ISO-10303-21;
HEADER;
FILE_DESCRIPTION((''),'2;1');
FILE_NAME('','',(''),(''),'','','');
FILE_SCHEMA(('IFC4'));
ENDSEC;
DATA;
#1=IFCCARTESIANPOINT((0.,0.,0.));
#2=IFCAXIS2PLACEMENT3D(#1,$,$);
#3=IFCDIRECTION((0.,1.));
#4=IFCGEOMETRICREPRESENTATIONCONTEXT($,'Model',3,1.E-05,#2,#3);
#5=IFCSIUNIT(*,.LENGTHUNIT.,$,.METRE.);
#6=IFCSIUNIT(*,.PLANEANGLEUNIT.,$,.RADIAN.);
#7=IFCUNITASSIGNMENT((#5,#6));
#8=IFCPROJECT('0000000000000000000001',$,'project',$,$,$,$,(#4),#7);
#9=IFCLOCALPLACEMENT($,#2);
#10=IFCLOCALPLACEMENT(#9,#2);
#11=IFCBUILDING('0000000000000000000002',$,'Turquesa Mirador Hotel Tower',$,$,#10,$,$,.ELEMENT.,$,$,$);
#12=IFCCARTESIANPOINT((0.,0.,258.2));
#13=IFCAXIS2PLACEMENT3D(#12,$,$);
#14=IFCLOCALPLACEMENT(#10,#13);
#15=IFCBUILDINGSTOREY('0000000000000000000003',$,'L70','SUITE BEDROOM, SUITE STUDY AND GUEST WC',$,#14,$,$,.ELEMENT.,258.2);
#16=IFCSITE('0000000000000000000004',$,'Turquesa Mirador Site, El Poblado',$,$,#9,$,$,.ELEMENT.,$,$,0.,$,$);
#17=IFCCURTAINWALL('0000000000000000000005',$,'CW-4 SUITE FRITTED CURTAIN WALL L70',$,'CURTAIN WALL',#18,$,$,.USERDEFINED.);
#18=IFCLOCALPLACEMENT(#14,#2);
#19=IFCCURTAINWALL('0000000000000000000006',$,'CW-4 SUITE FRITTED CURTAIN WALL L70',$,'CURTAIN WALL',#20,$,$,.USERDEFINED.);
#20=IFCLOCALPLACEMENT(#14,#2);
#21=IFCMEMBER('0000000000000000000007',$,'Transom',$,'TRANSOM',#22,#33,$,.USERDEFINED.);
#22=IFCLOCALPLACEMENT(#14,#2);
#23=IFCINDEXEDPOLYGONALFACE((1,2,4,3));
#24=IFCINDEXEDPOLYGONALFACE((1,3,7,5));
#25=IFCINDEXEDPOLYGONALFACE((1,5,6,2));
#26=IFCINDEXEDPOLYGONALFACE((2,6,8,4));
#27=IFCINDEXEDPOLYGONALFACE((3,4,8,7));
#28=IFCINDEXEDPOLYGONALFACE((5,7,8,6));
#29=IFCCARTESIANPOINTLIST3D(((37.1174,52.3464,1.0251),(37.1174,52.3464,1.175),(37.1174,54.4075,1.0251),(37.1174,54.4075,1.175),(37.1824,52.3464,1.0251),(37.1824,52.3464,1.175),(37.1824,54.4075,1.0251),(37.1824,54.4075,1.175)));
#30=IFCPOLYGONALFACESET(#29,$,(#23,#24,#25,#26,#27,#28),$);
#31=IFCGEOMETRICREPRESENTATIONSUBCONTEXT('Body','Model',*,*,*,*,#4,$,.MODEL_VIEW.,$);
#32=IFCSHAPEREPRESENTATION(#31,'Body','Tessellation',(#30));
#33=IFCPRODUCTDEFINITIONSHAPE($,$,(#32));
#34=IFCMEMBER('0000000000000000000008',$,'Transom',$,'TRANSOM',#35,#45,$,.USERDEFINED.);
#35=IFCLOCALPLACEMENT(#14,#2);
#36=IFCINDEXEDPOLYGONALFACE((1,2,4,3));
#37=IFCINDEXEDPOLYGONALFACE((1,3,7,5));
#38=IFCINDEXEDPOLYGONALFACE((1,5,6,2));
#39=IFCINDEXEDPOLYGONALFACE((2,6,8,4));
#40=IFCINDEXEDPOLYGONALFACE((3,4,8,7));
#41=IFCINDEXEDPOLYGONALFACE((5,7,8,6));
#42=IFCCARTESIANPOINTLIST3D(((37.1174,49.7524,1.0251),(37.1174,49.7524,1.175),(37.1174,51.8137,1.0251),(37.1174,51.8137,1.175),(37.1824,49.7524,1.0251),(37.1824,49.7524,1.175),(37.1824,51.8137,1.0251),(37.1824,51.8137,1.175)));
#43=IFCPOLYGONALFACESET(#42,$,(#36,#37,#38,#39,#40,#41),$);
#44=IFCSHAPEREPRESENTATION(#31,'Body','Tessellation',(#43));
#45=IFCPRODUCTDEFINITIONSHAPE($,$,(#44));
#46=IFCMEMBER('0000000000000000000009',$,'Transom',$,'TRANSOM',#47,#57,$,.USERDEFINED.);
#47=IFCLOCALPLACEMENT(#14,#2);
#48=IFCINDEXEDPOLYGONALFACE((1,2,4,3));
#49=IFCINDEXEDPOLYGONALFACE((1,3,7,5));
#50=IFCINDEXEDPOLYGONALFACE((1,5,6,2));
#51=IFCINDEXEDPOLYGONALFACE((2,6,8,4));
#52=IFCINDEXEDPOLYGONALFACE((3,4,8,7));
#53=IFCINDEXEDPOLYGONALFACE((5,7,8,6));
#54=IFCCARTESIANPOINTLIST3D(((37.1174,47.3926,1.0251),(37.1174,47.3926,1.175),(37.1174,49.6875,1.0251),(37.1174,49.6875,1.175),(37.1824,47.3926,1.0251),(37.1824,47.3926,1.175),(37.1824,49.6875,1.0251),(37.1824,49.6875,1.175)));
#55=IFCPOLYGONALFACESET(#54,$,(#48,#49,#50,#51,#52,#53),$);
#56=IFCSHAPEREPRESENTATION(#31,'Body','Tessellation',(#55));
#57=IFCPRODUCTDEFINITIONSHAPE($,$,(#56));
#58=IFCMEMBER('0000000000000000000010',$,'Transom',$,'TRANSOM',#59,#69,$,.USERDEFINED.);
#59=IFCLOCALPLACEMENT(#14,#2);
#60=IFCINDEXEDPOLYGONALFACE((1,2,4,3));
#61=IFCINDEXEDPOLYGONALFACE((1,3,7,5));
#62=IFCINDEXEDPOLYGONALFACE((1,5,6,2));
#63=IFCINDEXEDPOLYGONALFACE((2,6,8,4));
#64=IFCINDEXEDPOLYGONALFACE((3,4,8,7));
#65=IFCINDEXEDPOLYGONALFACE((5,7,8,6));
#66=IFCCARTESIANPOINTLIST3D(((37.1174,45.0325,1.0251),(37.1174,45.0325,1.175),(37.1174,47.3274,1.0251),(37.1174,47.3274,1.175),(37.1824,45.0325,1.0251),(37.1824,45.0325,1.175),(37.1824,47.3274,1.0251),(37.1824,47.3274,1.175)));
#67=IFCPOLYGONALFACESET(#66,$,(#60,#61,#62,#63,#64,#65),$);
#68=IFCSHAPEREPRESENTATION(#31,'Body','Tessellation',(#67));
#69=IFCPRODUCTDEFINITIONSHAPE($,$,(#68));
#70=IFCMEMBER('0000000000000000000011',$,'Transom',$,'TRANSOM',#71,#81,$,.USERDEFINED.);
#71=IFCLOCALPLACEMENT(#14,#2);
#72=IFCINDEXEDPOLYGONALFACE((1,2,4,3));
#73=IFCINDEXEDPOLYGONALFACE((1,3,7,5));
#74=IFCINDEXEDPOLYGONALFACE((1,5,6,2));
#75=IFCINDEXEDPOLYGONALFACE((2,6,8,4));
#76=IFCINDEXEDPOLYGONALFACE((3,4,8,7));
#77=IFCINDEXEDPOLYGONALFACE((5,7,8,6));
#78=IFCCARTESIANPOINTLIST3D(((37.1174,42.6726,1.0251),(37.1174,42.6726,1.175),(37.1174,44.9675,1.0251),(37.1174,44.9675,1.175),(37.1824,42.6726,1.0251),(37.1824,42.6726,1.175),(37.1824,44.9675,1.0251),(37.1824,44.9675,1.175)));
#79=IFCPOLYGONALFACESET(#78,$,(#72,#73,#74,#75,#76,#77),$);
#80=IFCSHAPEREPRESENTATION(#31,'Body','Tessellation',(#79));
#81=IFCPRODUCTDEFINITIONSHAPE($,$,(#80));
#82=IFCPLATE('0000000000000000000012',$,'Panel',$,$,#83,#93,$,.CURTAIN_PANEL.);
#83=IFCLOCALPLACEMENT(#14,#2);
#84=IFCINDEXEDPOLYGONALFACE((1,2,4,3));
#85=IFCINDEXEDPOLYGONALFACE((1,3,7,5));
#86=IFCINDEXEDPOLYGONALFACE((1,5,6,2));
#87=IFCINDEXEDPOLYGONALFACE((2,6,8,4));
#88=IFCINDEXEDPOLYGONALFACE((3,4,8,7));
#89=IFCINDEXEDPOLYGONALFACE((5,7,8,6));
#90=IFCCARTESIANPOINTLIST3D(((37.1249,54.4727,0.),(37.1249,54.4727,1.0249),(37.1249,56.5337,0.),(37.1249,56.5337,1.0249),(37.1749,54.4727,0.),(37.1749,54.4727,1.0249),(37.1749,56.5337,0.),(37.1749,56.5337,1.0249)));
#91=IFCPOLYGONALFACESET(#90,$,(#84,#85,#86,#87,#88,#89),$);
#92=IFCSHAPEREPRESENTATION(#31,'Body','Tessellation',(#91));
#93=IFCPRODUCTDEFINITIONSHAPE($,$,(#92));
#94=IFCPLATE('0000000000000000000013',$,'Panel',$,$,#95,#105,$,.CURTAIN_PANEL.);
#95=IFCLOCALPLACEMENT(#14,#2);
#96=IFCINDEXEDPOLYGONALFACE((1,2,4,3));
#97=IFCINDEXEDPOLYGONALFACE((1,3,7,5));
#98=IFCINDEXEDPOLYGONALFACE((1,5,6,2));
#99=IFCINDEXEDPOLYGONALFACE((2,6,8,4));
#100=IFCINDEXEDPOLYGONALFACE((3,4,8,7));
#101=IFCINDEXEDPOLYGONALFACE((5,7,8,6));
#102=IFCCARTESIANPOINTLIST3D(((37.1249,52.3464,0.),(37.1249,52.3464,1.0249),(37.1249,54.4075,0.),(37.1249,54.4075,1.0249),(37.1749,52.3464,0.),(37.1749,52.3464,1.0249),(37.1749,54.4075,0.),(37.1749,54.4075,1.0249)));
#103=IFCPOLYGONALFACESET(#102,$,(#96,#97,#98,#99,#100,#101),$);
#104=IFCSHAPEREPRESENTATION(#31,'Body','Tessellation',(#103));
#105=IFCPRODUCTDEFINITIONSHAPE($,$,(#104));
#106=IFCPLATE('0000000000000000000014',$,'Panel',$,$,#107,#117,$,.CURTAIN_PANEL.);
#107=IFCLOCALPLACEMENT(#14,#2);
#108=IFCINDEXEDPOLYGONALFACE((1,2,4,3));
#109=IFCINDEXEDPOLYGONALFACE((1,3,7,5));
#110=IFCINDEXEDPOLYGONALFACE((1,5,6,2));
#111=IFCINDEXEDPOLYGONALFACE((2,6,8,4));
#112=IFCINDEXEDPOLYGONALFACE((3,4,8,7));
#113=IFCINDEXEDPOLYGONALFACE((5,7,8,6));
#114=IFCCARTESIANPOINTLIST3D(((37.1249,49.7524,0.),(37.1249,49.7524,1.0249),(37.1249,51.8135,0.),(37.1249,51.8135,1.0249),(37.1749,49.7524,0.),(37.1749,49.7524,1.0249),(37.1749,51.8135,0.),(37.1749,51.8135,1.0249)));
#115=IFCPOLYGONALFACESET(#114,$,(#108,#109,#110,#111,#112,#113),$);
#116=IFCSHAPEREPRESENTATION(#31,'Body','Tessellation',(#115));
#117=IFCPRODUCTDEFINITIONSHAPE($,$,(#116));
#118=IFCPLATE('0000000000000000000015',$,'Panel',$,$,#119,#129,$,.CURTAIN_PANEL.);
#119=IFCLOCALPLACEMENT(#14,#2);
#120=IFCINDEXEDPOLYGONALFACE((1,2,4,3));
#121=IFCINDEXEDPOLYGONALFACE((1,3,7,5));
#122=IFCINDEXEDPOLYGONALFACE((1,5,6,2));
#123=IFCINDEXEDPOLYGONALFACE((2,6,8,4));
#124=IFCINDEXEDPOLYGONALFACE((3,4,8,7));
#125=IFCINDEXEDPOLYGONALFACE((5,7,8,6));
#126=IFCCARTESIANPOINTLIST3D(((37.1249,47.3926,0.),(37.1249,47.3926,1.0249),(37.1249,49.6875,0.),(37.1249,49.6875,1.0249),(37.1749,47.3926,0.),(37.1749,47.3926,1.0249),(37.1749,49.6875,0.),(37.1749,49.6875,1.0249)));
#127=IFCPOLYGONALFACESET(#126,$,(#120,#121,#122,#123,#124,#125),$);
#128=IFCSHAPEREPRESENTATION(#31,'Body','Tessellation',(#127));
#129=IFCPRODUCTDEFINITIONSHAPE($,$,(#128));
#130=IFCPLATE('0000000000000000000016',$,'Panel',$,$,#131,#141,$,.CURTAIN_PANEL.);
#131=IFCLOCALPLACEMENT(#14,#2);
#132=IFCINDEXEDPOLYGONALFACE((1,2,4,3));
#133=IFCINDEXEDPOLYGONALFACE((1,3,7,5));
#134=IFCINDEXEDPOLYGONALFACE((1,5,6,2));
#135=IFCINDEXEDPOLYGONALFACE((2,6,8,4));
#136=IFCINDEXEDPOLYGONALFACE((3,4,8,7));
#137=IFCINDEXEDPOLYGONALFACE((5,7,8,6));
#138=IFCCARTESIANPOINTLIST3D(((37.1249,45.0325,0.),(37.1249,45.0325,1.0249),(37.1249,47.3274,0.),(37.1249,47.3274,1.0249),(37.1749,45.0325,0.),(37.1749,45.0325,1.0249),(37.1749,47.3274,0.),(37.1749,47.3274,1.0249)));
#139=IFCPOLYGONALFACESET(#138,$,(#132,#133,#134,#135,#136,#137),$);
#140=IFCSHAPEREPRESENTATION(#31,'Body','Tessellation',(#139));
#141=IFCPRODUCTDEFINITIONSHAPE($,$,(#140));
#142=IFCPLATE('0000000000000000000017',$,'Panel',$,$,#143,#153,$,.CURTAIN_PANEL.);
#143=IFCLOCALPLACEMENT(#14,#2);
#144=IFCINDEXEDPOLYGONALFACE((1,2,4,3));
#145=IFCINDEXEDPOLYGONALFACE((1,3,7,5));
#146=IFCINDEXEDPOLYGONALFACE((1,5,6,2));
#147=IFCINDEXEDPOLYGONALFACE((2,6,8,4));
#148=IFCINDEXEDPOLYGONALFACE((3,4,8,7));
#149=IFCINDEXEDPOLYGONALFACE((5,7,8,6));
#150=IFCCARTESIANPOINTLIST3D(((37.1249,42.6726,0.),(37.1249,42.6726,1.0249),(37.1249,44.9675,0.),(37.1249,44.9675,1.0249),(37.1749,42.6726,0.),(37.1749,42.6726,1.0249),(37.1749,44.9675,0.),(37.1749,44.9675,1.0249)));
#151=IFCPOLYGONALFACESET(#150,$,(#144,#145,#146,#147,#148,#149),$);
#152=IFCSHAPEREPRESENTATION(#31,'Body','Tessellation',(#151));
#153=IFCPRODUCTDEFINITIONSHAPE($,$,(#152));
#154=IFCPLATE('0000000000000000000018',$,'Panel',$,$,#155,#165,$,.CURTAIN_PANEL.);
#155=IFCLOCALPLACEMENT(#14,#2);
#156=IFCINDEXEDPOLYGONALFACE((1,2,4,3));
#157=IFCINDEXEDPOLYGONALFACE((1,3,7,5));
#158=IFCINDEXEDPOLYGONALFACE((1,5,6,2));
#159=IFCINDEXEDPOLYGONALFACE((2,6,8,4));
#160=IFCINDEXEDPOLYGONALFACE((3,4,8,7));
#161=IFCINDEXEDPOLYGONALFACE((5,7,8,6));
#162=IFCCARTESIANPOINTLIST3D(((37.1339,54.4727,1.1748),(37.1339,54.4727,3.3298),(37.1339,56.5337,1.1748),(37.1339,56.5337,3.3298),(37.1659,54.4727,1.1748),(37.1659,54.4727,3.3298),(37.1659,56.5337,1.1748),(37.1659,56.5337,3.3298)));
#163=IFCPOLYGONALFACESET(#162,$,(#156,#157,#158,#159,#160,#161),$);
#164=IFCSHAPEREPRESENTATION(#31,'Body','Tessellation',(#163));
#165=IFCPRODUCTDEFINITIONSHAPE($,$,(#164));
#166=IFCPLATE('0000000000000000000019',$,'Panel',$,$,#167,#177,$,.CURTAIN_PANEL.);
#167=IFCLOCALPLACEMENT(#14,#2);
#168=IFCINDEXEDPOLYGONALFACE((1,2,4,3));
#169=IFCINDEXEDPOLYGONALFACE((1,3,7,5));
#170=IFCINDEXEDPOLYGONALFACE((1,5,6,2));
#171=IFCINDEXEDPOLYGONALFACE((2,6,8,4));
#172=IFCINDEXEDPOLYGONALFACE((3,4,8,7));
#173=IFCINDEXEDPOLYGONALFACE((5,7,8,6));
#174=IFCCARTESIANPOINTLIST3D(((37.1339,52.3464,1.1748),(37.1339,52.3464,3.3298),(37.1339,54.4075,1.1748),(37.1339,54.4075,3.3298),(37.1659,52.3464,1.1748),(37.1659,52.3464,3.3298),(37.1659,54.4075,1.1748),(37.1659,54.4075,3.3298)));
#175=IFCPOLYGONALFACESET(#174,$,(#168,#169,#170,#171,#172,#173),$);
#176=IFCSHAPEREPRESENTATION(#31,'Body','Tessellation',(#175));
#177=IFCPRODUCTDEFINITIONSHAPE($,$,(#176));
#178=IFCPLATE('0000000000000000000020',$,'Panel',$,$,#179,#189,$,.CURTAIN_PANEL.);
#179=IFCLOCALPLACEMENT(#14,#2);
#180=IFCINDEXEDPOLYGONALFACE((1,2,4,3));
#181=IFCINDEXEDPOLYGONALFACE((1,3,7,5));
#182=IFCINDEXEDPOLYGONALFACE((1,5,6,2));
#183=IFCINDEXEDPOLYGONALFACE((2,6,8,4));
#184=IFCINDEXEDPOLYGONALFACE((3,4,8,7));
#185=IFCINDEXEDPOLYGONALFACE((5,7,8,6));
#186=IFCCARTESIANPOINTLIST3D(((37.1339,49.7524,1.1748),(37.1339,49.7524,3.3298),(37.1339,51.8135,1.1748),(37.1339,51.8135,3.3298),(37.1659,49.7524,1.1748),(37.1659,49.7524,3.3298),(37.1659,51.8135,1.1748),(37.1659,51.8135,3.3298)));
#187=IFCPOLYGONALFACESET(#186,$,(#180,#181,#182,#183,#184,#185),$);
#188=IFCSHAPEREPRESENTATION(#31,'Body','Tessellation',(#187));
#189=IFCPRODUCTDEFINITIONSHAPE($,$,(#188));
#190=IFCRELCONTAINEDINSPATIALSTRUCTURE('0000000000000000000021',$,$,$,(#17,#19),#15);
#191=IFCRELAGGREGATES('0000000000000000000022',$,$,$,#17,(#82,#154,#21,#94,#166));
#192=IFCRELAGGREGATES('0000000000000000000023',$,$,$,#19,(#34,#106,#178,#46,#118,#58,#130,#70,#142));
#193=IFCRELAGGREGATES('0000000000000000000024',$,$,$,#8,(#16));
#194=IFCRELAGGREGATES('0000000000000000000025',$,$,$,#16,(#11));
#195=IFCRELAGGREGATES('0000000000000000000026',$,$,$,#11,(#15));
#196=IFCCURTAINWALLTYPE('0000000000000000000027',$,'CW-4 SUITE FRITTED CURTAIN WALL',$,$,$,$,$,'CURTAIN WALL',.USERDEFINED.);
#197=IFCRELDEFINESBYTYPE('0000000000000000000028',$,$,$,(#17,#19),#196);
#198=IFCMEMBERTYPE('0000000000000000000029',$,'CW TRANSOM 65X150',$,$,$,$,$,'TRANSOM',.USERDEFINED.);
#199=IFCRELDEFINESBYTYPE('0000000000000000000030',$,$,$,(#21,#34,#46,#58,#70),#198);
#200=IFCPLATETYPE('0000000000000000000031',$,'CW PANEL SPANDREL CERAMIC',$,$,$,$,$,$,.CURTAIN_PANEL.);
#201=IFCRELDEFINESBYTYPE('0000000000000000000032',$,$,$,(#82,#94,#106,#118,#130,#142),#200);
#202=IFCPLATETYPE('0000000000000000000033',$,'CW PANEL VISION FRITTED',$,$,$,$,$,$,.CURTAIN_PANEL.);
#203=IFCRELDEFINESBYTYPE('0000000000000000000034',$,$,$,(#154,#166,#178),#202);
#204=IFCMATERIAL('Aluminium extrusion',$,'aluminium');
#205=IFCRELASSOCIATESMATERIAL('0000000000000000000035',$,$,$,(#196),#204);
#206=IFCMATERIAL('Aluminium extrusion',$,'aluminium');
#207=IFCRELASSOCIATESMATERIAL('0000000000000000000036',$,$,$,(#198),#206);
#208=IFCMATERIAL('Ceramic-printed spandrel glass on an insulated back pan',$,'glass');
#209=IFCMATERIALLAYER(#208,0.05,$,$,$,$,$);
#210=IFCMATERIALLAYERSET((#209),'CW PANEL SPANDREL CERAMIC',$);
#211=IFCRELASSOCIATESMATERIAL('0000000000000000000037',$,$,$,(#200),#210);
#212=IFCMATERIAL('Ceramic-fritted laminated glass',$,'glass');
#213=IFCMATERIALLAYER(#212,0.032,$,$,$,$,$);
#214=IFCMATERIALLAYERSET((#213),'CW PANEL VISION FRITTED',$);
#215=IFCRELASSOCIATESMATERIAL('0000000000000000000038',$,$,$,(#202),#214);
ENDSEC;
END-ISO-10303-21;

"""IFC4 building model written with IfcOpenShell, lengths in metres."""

from ifc_helpers import new_model, si_unit, direction, frame, origin, origin_2d, place, context, subcontext, project, spatial, rectangle, extrude, material, layer, layer_set, material_profile, profile_set, type_object, element, aggregate, save


model = new_model("IFC4")

# Units and contexts
model_context = context("Model", 3, precision=1e-05, world=origin(), true_north=direction((0.0, 1.0)))
body_context = subcontext(model_context, "Body", "Model", "MODEL_VIEW")
ifc_project = project(units=[si_unit("LENGTHUNIT", "METRE"), si_unit("PLANEANGLEUNIT", "RADIAN")], contexts=[model_context])

# Site, building, storey
site_placement = place(None, origin())
site = spatial("IfcSite", under=ifc_project, at=site_placement, Name="Turquesa Mirador Site, El Poblado", CompositionType="ELEMENT", RefElevation=0.0)
building_placement = place(site_placement, origin())
building = spatial("IfcBuilding", under=site, at=building_placement, Name="Turquesa Mirador Hotel Tower", CompositionType="ELEMENT")
storey_placement = place(building_placement, frame((0.0, 0.0, 258.2)))
storey = spatial("IfcBuildingStorey", under=building, at=storey_placement, Name="L70", Description="SUITE BEDROOM, SUITE STUDY AND GUEST WC", CompositionType="ELEMENT", Elevation=258.2)

# Curtain walls
ifc_material_1 = material(Name="Aluminium extrusion", Category="aluminium")
curtain_wall_type = type_object("IfcCurtainWallType", Name="CW-4 SUITE FRITTED CURTAIN WALL", ElementType="CURTAIN WALL", PredefinedType="USERDEFINED", material=ifc_material_1)
curtain_wall_1_placement = place(storey_placement, origin())
curtain_wall_1 = element("IfcCurtainWall", 1, at=curtain_wall_1_placement, inside=storey, type_object=curtain_wall_type, Name="CW-4 SUITE FRITTED CURTAIN WALL L70", ObjectType="CURTAIN WALL", PredefinedType="USERDEFINED")
curtain_wall_2_placement = place(storey_placement, origin())
curtain_wall_2 = element("IfcCurtainWall", 2, at=curtain_wall_2_placement, inside=storey, type_object=curtain_wall_type, Name="CW-4 SUITE FRITTED CURTAIN WALL L70", ObjectType="CURTAIN WALL", PredefinedType="USERDEFINED")

# Members
ifc_material_2 = material(Name="Aluminium extrusion", Category="aluminium")
ifc_material_profile_1 = material_profile(ifc_material_2, rectangle(XDim=0.0649, YDim=0.1499, at=origin_2d()), Name="TRANSOM 65X150")
ifc_profile_set_1 = profile_set([ifc_material_profile_1], Name="Aluminium extrusion")
member_type_1 = type_object("IfcMemberType", Name="CW TRANSOM 65X150", ElementType="TRANSOM", PredefinedType="USERDEFINED", material=ifc_profile_set_1)
member_1_placement = place(storey_placement, frame((37.1499, 54.4075, 1.1001), z_axis=(0.0, -1.0, 0.0), x_axis=(1.0, 0.0, 0.0)))
member_1 = element("IfcMember", 3, at=member_1_placement, type_object=member_type_1, Name="Transom", ObjectType="TRANSOM", PredefinedType="USERDEFINED", context=body_context, shape_type="SweptSolid", body=[
    extrude(rectangle(XDim=0.0649, YDim=0.1499, at=origin_2d()), origin(), (0.0, 0.0, 1.0), 2.061),
])
member_2_placement = place(storey_placement, frame((37.1499, 51.8137, 1.1001), z_axis=(0.0, -1.0, 0.0), x_axis=(1.0, 0.0, 0.0)))
member_2 = element("IfcMember", 4, at=member_2_placement, type_object=member_type_1, Name="Transom", ObjectType="TRANSOM", PredefinedType="USERDEFINED", context=body_context, shape_type="SweptSolid", body=[
    extrude(rectangle(XDim=0.0649, YDim=0.1499, at=origin_2d()), origin(), (0.0, 0.0, 1.0), 2.0613),
])
member_3_placement = place(storey_placement, frame((37.1499, 49.6875, 1.1001), z_axis=(0.0, -1.0, 0.0), x_axis=(1.0, 0.0, 0.0)))
member_3 = element("IfcMember", 5, at=member_3_placement, type_object=member_type_1, Name="Transom", ObjectType="TRANSOM", PredefinedType="USERDEFINED", context=body_context, shape_type="SweptSolid", body=[
    extrude(rectangle(XDim=0.0649, YDim=0.1499, at=origin_2d()), origin(), (0.0, 0.0, 1.0), 2.2949),
])
member_4_placement = place(storey_placement, frame((37.1499, 47.3274, 1.1001), z_axis=(0.0, -1.0, 0.0), x_axis=(1.0, 0.0, 0.0)))
member_4 = element("IfcMember", 6, at=member_4_placement, type_object=member_type_1, Name="Transom", ObjectType="TRANSOM", PredefinedType="USERDEFINED", context=body_context, shape_type="SweptSolid", body=[
    extrude(rectangle(XDim=0.0649, YDim=0.1499, at=origin_2d()), origin(), (0.0, 0.0, 1.0), 2.2949),
])
member_5_placement = place(storey_placement, frame((37.1499, 44.9675, 1.1001), z_axis=(0.0, -1.0, 0.0), x_axis=(1.0, 0.0, 0.0)))
member_5 = element("IfcMember", 7, at=member_5_placement, type_object=member_type_1, Name="Transom", ObjectType="TRANSOM", PredefinedType="USERDEFINED", context=body_context, shape_type="SweptSolid", body=[
    extrude(rectangle(XDim=0.0649, YDim=0.1499, at=origin_2d()), origin(), (0.0, 0.0, 1.0), 2.2949),
])

# Plates
ifc_material_3 = material(Name="Ceramic-printed spandrel glass on an insulated back pan", Category="glass")
ifc_layer_1 = layer(ifc_material_3, 0.05)
ifc_layer_set_1 = layer_set([ifc_layer_1], Name="CW PANEL SPANDREL CERAMIC")
plate_type_1 = type_object("IfcPlateType", Name="CW PANEL SPANDREL CERAMIC", PredefinedType="CURTAIN_PANEL", material=ifc_layer_set_1)
plate_1_placement = place(storey_placement, frame((37.1499, 55.5032, 0.0), z_axis=(0.0, 0.0, 1.0), x_axis=(0.0, -1.0, 0.0)))
plate_1 = element("IfcPlate", 8, at=plate_1_placement, type_object=plate_type_1, Name="Panel", PredefinedType="CURTAIN_PANEL", context=body_context, shape_type="SweptSolid", body=[
    extrude(rectangle(XDim=2.061, YDim=0.05, at=origin_2d()), origin(), (0.0, 0.0, 1.0), 1.0249),
])
plate_2_placement = place(storey_placement, frame((37.1499, 53.377, 0.0), z_axis=(0.0, 0.0, 1.0), x_axis=(0.0, -1.0, 0.0)))
plate_2 = element("IfcPlate", 9, at=plate_2_placement, type_object=plate_type_1, Name="Panel", PredefinedType="CURTAIN_PANEL", context=body_context, shape_type="SweptSolid", body=[
    extrude(rectangle(XDim=2.061, YDim=0.05, at=origin_2d()), origin(), (0.0, 0.0, 1.0), 1.0249),
])
plate_3_placement = place(storey_placement, frame((37.1499, 50.783, 0.0), z_axis=(0.0, 0.0, 1.0), x_axis=(0.0, -1.0, 0.0)))
plate_3 = element("IfcPlate", 10, at=plate_3_placement, type_object=plate_type_1, Name="Panel", PredefinedType="CURTAIN_PANEL", context=body_context, shape_type="SweptSolid", body=[
    extrude(rectangle(XDim=2.061, YDim=0.05, at=origin_2d()), origin(), (0.0, 0.0, 1.0), 1.0249),
])
plate_4_placement = place(storey_placement, frame((37.1499, 48.54, 0.0), z_axis=(0.0, 0.0, 1.0), x_axis=(0.0, -1.0, 0.0)))
plate_4 = element("IfcPlate", 11, at=plate_4_placement, type_object=plate_type_1, Name="Panel", PredefinedType="CURTAIN_PANEL", context=body_context, shape_type="SweptSolid", body=[
    extrude(rectangle(XDim=2.2949, YDim=0.05, at=origin_2d()), origin(), (0.0, 0.0, 1.0), 1.0249),
])
plate_5_placement = place(storey_placement, frame((37.1499, 46.1799, 0.0), z_axis=(0.0, 0.0, 1.0), x_axis=(0.0, -1.0, 0.0)))
plate_5 = element("IfcPlate", 12, at=plate_5_placement, type_object=plate_type_1, Name="Panel", PredefinedType="CURTAIN_PANEL", context=body_context, shape_type="SweptSolid", body=[
    extrude(rectangle(XDim=2.2949, YDim=0.05, at=origin_2d()), origin(), (0.0, 0.0, 1.0), 1.0249),
])
plate_6_placement = place(storey_placement, frame((37.1499, 43.8201, 0.0), z_axis=(0.0, 0.0, 1.0), x_axis=(0.0, -1.0, 0.0)))
plate_6 = element("IfcPlate", 13, at=plate_6_placement, type_object=plate_type_1, Name="Panel", PredefinedType="CURTAIN_PANEL", context=body_context, shape_type="SweptSolid", body=[
    extrude(rectangle(XDim=2.2949, YDim=0.05, at=origin_2d()), origin(), (0.0, 0.0, 1.0), 1.0249),
])
ifc_material_4 = material(Name="Ceramic-fritted laminated glass", Category="glass")
ifc_layer_2 = layer(ifc_material_4, 0.032)
ifc_layer_set_2 = layer_set([ifc_layer_2], Name="CW PANEL VISION FRITTED")
plate_type_2 = type_object("IfcPlateType", Name="CW PANEL VISION FRITTED", PredefinedType="CURTAIN_PANEL", material=ifc_layer_set_2)
plate_7_placement = place(storey_placement, frame((37.1499, 55.5032, 1.1748), z_axis=(0.0, 0.0, 1.0), x_axis=(0.0, -1.0, 0.0)))
plate_7 = element("IfcPlate", 14, at=plate_7_placement, type_object=plate_type_2, Name="Panel", PredefinedType="CURTAIN_PANEL", context=body_context, shape_type="SweptSolid", body=[
    extrude(rectangle(XDim=2.061, YDim=0.032, at=origin_2d()), origin(), (0.0, 0.0, 1.0), 2.155),
])
plate_8_placement = place(storey_placement, frame((37.1499, 53.377, 1.1748), z_axis=(0.0, 0.0, 1.0), x_axis=(0.0, -1.0, 0.0)))
plate_8 = element("IfcPlate", 15, at=plate_8_placement, type_object=plate_type_2, Name="Panel", PredefinedType="CURTAIN_PANEL", context=body_context, shape_type="SweptSolid", body=[
    extrude(rectangle(XDim=2.061, YDim=0.032, at=origin_2d()), origin(), (0.0, 0.0, 1.0), 2.155),
])
aggregate(curtain_wall_1, [plate_1, plate_7, member_1, plate_2, plate_8])
plate_9_placement = place(storey_placement, frame((37.1499, 50.783, 1.1748), z_axis=(0.0, 0.0, 1.0), x_axis=(0.0, -1.0, 0.0)))
plate_9 = element("IfcPlate", 16, at=plate_9_placement, type_object=plate_type_2, Name="Panel", PredefinedType="CURTAIN_PANEL", context=body_context, shape_type="SweptSolid", body=[
    extrude(rectangle(XDim=2.061, YDim=0.032, at=origin_2d()), origin(), (0.0, 0.0, 1.0), 2.155),
])
aggregate(curtain_wall_2, [member_2, plate_3, plate_9, member_3, plate_4, member_4, plate_5, member_5, plate_6])

save(model, "model.ifc")
